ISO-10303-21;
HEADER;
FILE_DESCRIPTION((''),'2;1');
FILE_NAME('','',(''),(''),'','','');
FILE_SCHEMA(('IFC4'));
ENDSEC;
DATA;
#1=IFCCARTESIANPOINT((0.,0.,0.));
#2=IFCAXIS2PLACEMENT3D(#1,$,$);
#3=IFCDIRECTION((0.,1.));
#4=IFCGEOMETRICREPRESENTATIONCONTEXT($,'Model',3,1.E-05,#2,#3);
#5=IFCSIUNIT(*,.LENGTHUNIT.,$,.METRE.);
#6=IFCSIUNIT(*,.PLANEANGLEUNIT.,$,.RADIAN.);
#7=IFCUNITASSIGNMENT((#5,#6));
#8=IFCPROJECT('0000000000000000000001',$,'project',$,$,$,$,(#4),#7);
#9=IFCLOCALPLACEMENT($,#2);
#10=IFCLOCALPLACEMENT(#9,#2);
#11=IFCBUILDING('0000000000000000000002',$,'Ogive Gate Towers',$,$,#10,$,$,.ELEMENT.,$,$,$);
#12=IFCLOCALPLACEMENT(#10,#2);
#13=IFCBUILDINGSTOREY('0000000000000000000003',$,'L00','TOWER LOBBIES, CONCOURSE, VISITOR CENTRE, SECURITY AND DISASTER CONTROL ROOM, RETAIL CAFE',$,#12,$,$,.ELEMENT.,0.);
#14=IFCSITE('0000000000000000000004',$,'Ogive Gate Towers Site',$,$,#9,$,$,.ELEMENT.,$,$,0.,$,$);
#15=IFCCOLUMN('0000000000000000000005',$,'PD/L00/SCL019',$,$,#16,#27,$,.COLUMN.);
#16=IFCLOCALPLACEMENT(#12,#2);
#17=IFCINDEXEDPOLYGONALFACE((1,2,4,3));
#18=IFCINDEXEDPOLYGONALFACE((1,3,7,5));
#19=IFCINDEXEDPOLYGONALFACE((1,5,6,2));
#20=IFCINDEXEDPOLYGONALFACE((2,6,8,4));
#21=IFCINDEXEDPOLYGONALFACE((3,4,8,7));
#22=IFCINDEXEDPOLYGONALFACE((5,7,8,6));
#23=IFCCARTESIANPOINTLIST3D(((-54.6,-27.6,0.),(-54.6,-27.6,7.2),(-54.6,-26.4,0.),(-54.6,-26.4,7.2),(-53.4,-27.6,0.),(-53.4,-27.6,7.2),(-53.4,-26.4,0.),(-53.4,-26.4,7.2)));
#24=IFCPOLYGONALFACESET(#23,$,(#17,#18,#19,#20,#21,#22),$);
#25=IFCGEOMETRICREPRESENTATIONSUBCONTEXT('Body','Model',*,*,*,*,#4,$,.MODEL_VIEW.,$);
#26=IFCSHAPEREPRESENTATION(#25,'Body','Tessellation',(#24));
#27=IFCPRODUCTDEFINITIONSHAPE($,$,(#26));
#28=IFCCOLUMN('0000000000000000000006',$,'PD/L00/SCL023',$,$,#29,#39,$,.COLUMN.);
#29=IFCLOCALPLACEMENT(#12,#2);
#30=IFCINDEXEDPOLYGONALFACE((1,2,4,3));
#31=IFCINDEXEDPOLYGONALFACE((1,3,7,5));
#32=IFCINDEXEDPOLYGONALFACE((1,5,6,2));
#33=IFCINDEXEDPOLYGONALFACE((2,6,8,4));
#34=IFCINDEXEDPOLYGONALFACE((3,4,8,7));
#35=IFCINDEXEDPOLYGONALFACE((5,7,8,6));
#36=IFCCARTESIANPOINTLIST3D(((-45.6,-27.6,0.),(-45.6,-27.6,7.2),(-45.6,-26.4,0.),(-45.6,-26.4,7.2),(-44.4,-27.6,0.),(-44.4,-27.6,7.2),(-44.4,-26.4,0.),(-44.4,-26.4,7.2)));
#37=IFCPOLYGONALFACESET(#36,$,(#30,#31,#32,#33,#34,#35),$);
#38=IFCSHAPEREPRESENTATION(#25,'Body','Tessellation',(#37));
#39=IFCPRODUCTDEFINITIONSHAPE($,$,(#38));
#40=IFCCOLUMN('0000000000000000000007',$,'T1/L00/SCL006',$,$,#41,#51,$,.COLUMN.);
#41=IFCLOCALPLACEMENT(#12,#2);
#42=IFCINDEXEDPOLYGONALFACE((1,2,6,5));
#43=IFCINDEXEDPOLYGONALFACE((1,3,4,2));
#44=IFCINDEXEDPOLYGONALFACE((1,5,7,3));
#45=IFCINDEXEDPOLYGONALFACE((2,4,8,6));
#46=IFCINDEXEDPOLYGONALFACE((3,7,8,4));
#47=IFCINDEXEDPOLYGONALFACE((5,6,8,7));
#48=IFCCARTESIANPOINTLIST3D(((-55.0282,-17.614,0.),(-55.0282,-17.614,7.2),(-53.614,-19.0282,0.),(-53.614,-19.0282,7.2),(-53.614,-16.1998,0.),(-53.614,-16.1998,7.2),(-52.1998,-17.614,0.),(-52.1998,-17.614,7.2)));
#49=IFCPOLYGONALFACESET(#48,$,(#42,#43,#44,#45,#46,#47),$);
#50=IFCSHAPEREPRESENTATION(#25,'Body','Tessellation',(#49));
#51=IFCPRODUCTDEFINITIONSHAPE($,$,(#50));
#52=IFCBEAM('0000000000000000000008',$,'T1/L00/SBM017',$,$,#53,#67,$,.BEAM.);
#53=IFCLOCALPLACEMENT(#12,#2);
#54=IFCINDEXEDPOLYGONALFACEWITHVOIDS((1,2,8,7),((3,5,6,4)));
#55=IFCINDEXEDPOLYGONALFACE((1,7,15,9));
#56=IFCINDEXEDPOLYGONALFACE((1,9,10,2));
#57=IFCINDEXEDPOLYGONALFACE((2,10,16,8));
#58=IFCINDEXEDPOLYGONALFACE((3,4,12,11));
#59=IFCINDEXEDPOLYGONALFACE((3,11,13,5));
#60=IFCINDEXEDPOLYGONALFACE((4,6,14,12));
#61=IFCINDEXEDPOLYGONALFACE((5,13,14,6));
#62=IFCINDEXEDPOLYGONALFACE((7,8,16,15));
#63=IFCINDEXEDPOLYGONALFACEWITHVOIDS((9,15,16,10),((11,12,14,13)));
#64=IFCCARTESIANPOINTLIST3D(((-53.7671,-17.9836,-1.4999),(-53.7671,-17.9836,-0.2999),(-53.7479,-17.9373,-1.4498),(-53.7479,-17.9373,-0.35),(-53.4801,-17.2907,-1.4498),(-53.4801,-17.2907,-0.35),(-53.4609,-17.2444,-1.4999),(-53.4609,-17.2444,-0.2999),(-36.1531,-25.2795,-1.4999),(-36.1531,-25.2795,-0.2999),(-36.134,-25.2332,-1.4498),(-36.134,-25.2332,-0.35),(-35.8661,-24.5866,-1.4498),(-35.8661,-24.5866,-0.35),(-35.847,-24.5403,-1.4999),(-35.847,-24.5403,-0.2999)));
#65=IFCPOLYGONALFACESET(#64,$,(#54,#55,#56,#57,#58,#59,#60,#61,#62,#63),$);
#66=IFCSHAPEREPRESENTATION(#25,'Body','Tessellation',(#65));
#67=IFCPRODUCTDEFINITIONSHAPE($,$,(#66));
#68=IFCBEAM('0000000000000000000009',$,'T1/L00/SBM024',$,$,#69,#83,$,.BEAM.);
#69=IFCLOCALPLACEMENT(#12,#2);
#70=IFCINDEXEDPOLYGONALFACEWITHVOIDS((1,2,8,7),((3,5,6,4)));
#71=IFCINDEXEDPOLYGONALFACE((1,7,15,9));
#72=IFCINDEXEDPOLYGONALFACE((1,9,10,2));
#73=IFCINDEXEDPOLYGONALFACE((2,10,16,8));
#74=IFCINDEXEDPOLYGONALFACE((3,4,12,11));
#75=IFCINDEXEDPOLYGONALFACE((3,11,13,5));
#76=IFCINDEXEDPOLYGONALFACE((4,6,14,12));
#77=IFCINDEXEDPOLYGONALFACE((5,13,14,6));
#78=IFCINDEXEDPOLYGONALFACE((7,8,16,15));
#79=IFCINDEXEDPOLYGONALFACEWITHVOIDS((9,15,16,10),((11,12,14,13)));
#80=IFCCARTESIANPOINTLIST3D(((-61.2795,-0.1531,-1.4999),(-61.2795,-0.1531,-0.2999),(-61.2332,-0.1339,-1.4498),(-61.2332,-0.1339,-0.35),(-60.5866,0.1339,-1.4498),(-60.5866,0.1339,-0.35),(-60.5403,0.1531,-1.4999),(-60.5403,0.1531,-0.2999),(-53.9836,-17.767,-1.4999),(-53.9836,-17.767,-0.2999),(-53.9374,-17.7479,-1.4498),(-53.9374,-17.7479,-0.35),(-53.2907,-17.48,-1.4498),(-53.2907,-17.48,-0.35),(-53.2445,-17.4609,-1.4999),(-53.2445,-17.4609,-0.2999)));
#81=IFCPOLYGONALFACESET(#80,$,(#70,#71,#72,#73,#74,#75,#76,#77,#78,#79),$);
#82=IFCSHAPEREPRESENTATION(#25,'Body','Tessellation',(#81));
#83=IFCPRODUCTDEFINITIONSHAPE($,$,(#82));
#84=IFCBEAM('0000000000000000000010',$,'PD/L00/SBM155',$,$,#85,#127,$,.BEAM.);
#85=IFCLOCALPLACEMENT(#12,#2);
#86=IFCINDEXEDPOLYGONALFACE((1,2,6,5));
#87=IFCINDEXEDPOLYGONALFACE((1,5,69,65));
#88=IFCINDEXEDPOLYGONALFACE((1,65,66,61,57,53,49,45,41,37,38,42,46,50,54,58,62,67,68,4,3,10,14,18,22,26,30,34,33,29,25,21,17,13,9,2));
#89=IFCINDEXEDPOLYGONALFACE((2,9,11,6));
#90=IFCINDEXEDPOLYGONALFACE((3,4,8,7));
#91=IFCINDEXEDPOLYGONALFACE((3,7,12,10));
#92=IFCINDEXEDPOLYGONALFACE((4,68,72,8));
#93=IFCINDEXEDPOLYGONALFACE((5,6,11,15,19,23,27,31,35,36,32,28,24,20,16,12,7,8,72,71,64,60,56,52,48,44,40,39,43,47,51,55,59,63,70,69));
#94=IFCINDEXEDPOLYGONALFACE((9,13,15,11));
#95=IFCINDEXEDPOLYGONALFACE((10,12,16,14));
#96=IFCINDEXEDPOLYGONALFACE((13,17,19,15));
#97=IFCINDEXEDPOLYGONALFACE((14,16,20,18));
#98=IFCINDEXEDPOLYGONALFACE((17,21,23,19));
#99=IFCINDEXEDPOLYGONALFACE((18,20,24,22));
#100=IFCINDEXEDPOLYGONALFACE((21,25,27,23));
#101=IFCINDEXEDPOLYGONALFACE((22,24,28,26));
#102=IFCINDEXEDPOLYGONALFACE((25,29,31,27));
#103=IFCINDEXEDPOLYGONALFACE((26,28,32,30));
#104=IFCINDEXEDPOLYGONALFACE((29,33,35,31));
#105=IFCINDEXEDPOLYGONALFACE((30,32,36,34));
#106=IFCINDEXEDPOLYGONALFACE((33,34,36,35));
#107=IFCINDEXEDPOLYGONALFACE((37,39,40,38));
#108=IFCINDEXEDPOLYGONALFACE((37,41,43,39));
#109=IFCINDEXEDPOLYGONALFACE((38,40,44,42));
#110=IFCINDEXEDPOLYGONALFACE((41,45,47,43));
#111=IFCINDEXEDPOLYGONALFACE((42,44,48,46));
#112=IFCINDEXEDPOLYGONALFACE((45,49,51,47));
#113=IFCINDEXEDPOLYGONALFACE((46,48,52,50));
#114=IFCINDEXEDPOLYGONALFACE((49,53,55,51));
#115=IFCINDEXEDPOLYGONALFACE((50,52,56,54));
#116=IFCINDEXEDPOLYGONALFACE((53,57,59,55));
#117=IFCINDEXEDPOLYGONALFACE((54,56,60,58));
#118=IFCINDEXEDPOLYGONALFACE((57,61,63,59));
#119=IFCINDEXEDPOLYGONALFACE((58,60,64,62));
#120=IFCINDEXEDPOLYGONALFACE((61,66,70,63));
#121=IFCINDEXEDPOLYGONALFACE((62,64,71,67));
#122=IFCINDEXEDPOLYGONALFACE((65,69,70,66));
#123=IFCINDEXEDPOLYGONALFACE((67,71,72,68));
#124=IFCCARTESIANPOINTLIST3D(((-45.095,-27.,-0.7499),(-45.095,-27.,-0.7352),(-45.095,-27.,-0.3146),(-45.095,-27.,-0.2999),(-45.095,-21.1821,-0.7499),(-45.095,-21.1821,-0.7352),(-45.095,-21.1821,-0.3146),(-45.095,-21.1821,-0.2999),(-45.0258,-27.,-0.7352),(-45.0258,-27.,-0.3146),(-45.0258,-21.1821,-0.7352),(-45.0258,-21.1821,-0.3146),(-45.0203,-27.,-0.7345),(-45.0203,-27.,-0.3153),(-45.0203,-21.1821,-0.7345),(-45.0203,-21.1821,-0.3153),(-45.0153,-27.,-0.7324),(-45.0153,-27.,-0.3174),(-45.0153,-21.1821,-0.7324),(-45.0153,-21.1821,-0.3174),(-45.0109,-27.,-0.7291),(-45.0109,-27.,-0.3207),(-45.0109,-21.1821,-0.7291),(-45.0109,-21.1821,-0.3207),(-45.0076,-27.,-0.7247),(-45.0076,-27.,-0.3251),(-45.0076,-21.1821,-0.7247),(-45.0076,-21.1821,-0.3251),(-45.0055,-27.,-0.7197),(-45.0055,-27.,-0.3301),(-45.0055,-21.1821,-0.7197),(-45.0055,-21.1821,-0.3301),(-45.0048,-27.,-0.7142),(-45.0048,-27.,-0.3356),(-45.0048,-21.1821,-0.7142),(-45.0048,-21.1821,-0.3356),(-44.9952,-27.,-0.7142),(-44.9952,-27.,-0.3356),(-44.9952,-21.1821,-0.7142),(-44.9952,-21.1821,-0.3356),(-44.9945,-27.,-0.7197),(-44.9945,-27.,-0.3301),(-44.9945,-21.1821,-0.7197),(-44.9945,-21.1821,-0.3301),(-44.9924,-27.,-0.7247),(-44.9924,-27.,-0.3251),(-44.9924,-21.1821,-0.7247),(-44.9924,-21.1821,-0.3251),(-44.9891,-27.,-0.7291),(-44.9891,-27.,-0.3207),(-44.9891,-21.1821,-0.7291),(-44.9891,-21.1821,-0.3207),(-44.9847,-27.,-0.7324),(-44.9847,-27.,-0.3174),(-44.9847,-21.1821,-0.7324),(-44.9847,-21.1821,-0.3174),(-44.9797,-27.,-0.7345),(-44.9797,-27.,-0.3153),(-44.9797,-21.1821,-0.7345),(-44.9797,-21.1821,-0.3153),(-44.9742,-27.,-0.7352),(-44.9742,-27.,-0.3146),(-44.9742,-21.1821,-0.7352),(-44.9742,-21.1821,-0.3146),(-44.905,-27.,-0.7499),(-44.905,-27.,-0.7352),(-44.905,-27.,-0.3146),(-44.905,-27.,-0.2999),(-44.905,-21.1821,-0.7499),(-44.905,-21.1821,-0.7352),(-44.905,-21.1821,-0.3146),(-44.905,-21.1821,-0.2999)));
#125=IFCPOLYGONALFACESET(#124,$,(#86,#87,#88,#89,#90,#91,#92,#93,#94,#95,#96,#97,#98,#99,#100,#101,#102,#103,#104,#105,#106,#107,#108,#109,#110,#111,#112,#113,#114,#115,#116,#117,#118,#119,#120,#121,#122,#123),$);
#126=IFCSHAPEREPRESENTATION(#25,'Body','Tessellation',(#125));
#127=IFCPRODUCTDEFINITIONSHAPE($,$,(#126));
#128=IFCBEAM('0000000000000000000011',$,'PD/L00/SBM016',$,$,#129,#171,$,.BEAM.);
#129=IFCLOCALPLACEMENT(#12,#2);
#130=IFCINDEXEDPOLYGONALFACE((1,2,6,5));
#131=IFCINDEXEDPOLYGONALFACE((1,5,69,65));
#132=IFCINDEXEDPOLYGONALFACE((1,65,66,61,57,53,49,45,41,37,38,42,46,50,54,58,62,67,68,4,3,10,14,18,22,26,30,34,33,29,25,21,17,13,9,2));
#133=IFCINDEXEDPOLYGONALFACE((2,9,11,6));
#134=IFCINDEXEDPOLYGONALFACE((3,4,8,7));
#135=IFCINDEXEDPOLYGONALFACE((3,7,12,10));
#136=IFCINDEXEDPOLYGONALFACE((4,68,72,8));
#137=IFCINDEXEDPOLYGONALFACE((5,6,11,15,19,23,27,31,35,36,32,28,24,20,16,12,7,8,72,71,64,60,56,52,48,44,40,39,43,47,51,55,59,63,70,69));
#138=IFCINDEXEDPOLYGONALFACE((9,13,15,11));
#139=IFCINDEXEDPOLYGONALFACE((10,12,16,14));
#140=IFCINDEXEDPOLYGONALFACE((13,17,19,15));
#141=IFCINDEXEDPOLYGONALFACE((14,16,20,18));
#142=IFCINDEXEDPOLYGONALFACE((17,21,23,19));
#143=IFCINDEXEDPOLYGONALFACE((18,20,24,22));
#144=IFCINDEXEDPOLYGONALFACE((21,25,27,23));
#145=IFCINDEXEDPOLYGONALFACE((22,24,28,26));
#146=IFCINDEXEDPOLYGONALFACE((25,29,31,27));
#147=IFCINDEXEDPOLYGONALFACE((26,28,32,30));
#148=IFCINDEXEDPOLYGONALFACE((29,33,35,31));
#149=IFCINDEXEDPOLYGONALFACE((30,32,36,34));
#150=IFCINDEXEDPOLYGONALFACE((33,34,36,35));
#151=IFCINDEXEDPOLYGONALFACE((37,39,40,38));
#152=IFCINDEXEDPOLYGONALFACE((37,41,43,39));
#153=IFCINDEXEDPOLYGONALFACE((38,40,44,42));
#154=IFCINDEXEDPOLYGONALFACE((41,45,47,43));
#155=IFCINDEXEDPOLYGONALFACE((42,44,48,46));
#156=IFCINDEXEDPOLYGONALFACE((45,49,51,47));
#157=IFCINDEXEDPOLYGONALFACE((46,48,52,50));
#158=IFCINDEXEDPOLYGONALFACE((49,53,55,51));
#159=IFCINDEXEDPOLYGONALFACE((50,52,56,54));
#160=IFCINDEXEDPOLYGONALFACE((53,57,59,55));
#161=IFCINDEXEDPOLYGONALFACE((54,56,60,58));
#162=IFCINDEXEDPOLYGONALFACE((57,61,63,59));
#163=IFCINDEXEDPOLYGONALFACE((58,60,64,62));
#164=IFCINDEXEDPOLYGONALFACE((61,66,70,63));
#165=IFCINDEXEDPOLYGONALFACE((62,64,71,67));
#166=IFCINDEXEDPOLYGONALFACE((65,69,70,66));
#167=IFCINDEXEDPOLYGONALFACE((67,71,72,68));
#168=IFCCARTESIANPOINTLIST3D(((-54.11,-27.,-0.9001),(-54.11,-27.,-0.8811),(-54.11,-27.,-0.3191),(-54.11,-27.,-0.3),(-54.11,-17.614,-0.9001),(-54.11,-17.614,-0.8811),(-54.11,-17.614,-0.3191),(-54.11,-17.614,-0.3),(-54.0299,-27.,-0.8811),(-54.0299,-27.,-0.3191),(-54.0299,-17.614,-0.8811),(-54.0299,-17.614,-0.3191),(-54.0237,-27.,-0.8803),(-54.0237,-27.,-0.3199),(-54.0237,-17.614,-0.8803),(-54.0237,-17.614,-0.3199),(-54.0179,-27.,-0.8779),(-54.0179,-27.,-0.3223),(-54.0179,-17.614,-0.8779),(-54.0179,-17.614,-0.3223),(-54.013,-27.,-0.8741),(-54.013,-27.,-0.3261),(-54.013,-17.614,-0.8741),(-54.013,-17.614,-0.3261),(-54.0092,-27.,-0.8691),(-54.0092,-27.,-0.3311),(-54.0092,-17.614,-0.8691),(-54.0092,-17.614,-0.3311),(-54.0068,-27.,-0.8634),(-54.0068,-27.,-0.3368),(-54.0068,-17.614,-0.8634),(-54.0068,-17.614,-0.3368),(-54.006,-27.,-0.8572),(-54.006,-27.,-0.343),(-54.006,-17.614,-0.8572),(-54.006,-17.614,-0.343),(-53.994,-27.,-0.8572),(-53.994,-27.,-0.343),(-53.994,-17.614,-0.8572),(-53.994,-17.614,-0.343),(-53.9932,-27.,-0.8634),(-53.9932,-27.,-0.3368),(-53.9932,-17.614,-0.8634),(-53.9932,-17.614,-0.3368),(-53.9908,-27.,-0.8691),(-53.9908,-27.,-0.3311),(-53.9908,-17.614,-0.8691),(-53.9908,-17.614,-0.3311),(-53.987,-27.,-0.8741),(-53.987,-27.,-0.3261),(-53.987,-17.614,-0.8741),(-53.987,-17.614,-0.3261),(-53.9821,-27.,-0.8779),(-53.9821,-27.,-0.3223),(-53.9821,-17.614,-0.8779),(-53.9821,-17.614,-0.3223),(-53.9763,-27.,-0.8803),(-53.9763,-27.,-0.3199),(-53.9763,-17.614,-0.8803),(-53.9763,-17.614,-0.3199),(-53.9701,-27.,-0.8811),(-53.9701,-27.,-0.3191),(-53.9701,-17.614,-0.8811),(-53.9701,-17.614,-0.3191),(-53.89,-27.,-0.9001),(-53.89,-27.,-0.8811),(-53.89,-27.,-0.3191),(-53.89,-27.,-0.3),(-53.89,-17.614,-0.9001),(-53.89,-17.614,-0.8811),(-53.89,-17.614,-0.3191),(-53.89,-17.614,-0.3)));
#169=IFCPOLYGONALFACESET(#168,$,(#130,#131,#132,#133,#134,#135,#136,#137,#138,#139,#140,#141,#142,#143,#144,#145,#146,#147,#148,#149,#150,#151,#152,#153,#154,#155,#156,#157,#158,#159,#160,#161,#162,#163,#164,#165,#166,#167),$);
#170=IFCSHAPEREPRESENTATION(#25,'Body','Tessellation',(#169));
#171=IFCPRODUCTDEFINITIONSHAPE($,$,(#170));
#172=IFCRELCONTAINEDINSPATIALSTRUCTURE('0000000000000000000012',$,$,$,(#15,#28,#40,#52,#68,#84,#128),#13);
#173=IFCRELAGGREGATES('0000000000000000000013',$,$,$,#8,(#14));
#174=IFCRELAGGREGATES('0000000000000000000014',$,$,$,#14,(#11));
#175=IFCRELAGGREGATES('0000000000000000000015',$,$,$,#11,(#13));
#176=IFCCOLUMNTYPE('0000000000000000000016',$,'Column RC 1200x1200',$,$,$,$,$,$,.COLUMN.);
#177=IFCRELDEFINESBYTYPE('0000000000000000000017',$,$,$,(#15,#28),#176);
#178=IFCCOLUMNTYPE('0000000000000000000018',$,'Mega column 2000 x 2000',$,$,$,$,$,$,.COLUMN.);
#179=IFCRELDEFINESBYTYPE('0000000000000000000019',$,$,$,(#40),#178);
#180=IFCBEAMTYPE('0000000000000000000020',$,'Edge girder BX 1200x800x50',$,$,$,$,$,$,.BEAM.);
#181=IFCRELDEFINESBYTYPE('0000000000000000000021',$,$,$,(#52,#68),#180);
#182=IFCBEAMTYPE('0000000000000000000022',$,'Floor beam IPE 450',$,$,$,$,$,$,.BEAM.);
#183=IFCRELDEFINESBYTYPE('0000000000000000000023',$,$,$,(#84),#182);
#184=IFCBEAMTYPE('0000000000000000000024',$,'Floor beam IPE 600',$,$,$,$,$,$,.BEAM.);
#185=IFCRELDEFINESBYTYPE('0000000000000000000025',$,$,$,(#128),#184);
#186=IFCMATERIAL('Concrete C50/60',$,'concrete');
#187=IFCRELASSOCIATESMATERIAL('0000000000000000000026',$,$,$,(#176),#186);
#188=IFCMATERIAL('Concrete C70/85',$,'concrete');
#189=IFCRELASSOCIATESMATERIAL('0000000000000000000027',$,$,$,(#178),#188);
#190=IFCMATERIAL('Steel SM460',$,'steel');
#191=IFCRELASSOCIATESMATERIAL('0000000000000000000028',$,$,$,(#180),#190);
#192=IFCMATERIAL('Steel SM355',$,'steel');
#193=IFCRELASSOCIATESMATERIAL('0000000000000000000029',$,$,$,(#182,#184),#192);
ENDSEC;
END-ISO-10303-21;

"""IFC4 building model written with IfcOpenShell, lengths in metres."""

from ifc_helpers import new_model, si_unit, direction, frame, origin, origin_2d, place, context, subcontext, project, spatial, rectangle, hollow_rectangle, i_section, extrude, material, material_profile, profile_set, type_object, element, save


model = new_model("IFC4")

# Units and contexts
model_context = context("Model", 3, precision=1e-05, world=origin(), true_north=direction((0.0, 1.0)))
body_context = subcontext(model_context, "Body", "Model", "MODEL_VIEW")
ifc_project = project(units=[si_unit("LENGTHUNIT", "METRE"), si_unit("PLANEANGLEUNIT", "RADIAN")], contexts=[model_context])

# Site, building, storey
site_placement = place(None, origin())
site = spatial("IfcSite", under=ifc_project, at=site_placement, Name="Ogive Gate Towers Site", CompositionType="ELEMENT", RefElevation=0.0)
building_placement = place(site_placement, origin())
building = spatial("IfcBuilding", under=site, at=building_placement, Name="Ogive Gate Towers", CompositionType="ELEMENT")
storey_placement = place(building_placement, origin())
storey = spatial("IfcBuildingStorey", under=building, at=storey_placement, Name="L00", Description="TOWER LOBBIES, CONCOURSE, VISITOR CENTRE, SECURITY AND DISASTER CONTROL ROOM, RETAIL CAFE", CompositionType="ELEMENT", Elevation=0.0)

# Columns
ifc_material_1 = material(Name="Concrete C50/60", Category="concrete")
ifc_material_profile_1 = material_profile(ifc_material_1, rectangle(XDim=1.2, YDim=1.2, at=origin_2d()), Name="RC 1200x1200")
ifc_profile_set_1 = profile_set([ifc_material_profile_1], Name="Concrete C50/60")
column_type_1 = type_object("IfcColumnType", Name="Column RC 1200x1200", PredefinedType="COLUMN", material=ifc_profile_set_1)
for number, where, z_axis, x_axis, name in (
    (1, (-54.0, -27.0, 0.0), (0.0, 0.0, 1.0), (1.0, 0.0, 0.0), "PD/L00/SCL019"),
    (2, (-45.0, -27.0, 0.0), (0.0, 0.0, 1.0), (1.0, 0.0, 0.0), "PD/L00/SCL023"),
):
    element("IfcColumn", number, at=place(storey_placement, frame(where, z_axis=z_axis, x_axis=x_axis)), inside=storey, type_object=column_type_1, Name=name, PredefinedType="COLUMN", context=body_context, shape_type="SweptSolid", body=[
        extrude(rectangle(XDim=1.2, YDim=1.2, at=origin_2d()), origin(), (0.0, 0.0, 1.0), 7.2),
    ])
ifc_material_2 = material(Name="Concrete C70/85", Category="concrete")
ifc_material_profile_2 = material_profile(ifc_material_2, rectangle(XDim=2.0, YDim=2.0, at=origin_2d()), Name="RC 2000x2000")
ifc_profile_set_2 = profile_set([ifc_material_profile_2], Name="Concrete C70/85")
column_type_2 = type_object("IfcColumnType", Name="Mega column 2000 x 2000", PredefinedType="COLUMN", material=ifc_profile_set_2)
column_placement = place(storey_placement, frame((-53.614, -17.614, 0.0), z_axis=(0.0, 0.0, 1.0), x_axis=(-0.707107, -0.707107, 0.0)))
element("IfcColumn", 3, at=column_placement, inside=storey, type_object=column_type_2, Name="T1/L00/SCL006", PredefinedType="COLUMN", context=body_context, shape_type="SweptSolid", body=[
    extrude(rectangle(XDim=2.0, YDim=2.0, at=origin_2d()), origin(), (0.0, 0.0, 1.0), 7.2),
])

# Beams
ifc_material_3 = material(Name="Steel SM460", Category="steel")
ifc_material_profile_3 = material_profile(ifc_material_3, hollow_rectangle(XDim=0.8, YDim=1.2, WallThickness=0.05, at=origin_2d()), Name="BX 1200x800x50")
ifc_profile_set_3 = profile_set([ifc_material_profile_3], Name="Steel SM460")
beam_type_1 = type_object("IfcBeamType", Name="Edge girder BX 1200x800x50", PredefinedType="BEAM", material=ifc_profile_set_3)
for number, where, z_axis, x_axis, name in (
    (4, (-53.614, -17.614, -0.8999), (0.923881, -0.382681, 0.0), (0.382681, 0.923881, 0.0), "T1/L00/SBM017"),
    (5, (-60.9099, 0.0, -0.8999), (0.382681, -0.923881, 0.0), (0.923881, 0.382681, 0.0), "T1/L00/SBM024"),
):
    element("IfcBeam", number, at=place(storey_placement, frame(where, z_axis=z_axis, x_axis=x_axis)), inside=storey, type_object=beam_type_1, Name=name, PredefinedType="BEAM", context=body_context, shape_type="SweptSolid", body=[
        extrude(hollow_rectangle(XDim=0.8, YDim=1.2, WallThickness=0.05, at=origin_2d()), origin(), (0.0, 0.0, 1.0), 19.0652),
    ])
ifc_material_4 = material(Name="Steel SM355", Category="steel")
ifc_material_profile_4 = material_profile(ifc_material_4, i_section(OverallWidth=0.1899, OverallDepth=0.45, WebThickness=0.0095, FlangeThickness=0.0146, FilletRadius=0.021, at=origin_2d()), Name="IPE 450")
ifc_profile_set_4 = profile_set([ifc_material_profile_4], Name="Steel SM355")
beam_type_2 = type_object("IfcBeamType", Name="Floor beam IPE 450", PredefinedType="BEAM", material=ifc_profile_set_4)
beam_1_placement = place(storey_placement, frame((-45.0, -27.0, -0.5249), z_axis=(0.0, 1.0, 0.0), x_axis=(-1.0, 0.0, 0.0)))
element("IfcBeam", 6, at=beam_1_placement, inside=storey, type_object=beam_type_2, Name="PD/L00/SBM155", PredefinedType="BEAM", context=body_context, shape_type="SweptSolid", body=[
    extrude(i_section(OverallWidth=0.1899, OverallDepth=0.45, WebThickness=0.0095, FlangeThickness=0.0146, FilletRadius=0.021, at=origin_2d()), origin(), (0.0, 0.0, 1.0), 5.8179),
])
ifc_material_profile_5 = material_profile(ifc_material_4, i_section(OverallWidth=0.22, OverallDepth=0.6001, WebThickness=0.012, FlangeThickness=0.019, FilletRadius=0.0239, at=origin_2d()), Name="IPE 600")
ifc_profile_set_5 = profile_set([ifc_material_profile_5], Name="Steel SM355")
beam_type_3 = type_object("IfcBeamType", Name="Floor beam IPE 600", PredefinedType="BEAM", material=ifc_profile_set_5)
beam_2_placement = place(storey_placement, frame((-54.0, -27.0, -0.6001), z_axis=(0.0, 1.0, 0.0), x_axis=(-1.0, 0.0, 0.0)))
element("IfcBeam", 7, at=beam_2_placement, inside=storey, type_object=beam_type_3, Name="PD/L00/SBM016", PredefinedType="BEAM", context=body_context, shape_type="SweptSolid", body=[
    extrude(i_section(OverallWidth=0.22, OverallDepth=0.6001, WebThickness=0.012, FlangeThickness=0.019, FilletRadius=0.0239, at=origin_2d()), origin(), (0.0, 0.0, 1.0), 9.386),
])

save(model, "model.ifc")
